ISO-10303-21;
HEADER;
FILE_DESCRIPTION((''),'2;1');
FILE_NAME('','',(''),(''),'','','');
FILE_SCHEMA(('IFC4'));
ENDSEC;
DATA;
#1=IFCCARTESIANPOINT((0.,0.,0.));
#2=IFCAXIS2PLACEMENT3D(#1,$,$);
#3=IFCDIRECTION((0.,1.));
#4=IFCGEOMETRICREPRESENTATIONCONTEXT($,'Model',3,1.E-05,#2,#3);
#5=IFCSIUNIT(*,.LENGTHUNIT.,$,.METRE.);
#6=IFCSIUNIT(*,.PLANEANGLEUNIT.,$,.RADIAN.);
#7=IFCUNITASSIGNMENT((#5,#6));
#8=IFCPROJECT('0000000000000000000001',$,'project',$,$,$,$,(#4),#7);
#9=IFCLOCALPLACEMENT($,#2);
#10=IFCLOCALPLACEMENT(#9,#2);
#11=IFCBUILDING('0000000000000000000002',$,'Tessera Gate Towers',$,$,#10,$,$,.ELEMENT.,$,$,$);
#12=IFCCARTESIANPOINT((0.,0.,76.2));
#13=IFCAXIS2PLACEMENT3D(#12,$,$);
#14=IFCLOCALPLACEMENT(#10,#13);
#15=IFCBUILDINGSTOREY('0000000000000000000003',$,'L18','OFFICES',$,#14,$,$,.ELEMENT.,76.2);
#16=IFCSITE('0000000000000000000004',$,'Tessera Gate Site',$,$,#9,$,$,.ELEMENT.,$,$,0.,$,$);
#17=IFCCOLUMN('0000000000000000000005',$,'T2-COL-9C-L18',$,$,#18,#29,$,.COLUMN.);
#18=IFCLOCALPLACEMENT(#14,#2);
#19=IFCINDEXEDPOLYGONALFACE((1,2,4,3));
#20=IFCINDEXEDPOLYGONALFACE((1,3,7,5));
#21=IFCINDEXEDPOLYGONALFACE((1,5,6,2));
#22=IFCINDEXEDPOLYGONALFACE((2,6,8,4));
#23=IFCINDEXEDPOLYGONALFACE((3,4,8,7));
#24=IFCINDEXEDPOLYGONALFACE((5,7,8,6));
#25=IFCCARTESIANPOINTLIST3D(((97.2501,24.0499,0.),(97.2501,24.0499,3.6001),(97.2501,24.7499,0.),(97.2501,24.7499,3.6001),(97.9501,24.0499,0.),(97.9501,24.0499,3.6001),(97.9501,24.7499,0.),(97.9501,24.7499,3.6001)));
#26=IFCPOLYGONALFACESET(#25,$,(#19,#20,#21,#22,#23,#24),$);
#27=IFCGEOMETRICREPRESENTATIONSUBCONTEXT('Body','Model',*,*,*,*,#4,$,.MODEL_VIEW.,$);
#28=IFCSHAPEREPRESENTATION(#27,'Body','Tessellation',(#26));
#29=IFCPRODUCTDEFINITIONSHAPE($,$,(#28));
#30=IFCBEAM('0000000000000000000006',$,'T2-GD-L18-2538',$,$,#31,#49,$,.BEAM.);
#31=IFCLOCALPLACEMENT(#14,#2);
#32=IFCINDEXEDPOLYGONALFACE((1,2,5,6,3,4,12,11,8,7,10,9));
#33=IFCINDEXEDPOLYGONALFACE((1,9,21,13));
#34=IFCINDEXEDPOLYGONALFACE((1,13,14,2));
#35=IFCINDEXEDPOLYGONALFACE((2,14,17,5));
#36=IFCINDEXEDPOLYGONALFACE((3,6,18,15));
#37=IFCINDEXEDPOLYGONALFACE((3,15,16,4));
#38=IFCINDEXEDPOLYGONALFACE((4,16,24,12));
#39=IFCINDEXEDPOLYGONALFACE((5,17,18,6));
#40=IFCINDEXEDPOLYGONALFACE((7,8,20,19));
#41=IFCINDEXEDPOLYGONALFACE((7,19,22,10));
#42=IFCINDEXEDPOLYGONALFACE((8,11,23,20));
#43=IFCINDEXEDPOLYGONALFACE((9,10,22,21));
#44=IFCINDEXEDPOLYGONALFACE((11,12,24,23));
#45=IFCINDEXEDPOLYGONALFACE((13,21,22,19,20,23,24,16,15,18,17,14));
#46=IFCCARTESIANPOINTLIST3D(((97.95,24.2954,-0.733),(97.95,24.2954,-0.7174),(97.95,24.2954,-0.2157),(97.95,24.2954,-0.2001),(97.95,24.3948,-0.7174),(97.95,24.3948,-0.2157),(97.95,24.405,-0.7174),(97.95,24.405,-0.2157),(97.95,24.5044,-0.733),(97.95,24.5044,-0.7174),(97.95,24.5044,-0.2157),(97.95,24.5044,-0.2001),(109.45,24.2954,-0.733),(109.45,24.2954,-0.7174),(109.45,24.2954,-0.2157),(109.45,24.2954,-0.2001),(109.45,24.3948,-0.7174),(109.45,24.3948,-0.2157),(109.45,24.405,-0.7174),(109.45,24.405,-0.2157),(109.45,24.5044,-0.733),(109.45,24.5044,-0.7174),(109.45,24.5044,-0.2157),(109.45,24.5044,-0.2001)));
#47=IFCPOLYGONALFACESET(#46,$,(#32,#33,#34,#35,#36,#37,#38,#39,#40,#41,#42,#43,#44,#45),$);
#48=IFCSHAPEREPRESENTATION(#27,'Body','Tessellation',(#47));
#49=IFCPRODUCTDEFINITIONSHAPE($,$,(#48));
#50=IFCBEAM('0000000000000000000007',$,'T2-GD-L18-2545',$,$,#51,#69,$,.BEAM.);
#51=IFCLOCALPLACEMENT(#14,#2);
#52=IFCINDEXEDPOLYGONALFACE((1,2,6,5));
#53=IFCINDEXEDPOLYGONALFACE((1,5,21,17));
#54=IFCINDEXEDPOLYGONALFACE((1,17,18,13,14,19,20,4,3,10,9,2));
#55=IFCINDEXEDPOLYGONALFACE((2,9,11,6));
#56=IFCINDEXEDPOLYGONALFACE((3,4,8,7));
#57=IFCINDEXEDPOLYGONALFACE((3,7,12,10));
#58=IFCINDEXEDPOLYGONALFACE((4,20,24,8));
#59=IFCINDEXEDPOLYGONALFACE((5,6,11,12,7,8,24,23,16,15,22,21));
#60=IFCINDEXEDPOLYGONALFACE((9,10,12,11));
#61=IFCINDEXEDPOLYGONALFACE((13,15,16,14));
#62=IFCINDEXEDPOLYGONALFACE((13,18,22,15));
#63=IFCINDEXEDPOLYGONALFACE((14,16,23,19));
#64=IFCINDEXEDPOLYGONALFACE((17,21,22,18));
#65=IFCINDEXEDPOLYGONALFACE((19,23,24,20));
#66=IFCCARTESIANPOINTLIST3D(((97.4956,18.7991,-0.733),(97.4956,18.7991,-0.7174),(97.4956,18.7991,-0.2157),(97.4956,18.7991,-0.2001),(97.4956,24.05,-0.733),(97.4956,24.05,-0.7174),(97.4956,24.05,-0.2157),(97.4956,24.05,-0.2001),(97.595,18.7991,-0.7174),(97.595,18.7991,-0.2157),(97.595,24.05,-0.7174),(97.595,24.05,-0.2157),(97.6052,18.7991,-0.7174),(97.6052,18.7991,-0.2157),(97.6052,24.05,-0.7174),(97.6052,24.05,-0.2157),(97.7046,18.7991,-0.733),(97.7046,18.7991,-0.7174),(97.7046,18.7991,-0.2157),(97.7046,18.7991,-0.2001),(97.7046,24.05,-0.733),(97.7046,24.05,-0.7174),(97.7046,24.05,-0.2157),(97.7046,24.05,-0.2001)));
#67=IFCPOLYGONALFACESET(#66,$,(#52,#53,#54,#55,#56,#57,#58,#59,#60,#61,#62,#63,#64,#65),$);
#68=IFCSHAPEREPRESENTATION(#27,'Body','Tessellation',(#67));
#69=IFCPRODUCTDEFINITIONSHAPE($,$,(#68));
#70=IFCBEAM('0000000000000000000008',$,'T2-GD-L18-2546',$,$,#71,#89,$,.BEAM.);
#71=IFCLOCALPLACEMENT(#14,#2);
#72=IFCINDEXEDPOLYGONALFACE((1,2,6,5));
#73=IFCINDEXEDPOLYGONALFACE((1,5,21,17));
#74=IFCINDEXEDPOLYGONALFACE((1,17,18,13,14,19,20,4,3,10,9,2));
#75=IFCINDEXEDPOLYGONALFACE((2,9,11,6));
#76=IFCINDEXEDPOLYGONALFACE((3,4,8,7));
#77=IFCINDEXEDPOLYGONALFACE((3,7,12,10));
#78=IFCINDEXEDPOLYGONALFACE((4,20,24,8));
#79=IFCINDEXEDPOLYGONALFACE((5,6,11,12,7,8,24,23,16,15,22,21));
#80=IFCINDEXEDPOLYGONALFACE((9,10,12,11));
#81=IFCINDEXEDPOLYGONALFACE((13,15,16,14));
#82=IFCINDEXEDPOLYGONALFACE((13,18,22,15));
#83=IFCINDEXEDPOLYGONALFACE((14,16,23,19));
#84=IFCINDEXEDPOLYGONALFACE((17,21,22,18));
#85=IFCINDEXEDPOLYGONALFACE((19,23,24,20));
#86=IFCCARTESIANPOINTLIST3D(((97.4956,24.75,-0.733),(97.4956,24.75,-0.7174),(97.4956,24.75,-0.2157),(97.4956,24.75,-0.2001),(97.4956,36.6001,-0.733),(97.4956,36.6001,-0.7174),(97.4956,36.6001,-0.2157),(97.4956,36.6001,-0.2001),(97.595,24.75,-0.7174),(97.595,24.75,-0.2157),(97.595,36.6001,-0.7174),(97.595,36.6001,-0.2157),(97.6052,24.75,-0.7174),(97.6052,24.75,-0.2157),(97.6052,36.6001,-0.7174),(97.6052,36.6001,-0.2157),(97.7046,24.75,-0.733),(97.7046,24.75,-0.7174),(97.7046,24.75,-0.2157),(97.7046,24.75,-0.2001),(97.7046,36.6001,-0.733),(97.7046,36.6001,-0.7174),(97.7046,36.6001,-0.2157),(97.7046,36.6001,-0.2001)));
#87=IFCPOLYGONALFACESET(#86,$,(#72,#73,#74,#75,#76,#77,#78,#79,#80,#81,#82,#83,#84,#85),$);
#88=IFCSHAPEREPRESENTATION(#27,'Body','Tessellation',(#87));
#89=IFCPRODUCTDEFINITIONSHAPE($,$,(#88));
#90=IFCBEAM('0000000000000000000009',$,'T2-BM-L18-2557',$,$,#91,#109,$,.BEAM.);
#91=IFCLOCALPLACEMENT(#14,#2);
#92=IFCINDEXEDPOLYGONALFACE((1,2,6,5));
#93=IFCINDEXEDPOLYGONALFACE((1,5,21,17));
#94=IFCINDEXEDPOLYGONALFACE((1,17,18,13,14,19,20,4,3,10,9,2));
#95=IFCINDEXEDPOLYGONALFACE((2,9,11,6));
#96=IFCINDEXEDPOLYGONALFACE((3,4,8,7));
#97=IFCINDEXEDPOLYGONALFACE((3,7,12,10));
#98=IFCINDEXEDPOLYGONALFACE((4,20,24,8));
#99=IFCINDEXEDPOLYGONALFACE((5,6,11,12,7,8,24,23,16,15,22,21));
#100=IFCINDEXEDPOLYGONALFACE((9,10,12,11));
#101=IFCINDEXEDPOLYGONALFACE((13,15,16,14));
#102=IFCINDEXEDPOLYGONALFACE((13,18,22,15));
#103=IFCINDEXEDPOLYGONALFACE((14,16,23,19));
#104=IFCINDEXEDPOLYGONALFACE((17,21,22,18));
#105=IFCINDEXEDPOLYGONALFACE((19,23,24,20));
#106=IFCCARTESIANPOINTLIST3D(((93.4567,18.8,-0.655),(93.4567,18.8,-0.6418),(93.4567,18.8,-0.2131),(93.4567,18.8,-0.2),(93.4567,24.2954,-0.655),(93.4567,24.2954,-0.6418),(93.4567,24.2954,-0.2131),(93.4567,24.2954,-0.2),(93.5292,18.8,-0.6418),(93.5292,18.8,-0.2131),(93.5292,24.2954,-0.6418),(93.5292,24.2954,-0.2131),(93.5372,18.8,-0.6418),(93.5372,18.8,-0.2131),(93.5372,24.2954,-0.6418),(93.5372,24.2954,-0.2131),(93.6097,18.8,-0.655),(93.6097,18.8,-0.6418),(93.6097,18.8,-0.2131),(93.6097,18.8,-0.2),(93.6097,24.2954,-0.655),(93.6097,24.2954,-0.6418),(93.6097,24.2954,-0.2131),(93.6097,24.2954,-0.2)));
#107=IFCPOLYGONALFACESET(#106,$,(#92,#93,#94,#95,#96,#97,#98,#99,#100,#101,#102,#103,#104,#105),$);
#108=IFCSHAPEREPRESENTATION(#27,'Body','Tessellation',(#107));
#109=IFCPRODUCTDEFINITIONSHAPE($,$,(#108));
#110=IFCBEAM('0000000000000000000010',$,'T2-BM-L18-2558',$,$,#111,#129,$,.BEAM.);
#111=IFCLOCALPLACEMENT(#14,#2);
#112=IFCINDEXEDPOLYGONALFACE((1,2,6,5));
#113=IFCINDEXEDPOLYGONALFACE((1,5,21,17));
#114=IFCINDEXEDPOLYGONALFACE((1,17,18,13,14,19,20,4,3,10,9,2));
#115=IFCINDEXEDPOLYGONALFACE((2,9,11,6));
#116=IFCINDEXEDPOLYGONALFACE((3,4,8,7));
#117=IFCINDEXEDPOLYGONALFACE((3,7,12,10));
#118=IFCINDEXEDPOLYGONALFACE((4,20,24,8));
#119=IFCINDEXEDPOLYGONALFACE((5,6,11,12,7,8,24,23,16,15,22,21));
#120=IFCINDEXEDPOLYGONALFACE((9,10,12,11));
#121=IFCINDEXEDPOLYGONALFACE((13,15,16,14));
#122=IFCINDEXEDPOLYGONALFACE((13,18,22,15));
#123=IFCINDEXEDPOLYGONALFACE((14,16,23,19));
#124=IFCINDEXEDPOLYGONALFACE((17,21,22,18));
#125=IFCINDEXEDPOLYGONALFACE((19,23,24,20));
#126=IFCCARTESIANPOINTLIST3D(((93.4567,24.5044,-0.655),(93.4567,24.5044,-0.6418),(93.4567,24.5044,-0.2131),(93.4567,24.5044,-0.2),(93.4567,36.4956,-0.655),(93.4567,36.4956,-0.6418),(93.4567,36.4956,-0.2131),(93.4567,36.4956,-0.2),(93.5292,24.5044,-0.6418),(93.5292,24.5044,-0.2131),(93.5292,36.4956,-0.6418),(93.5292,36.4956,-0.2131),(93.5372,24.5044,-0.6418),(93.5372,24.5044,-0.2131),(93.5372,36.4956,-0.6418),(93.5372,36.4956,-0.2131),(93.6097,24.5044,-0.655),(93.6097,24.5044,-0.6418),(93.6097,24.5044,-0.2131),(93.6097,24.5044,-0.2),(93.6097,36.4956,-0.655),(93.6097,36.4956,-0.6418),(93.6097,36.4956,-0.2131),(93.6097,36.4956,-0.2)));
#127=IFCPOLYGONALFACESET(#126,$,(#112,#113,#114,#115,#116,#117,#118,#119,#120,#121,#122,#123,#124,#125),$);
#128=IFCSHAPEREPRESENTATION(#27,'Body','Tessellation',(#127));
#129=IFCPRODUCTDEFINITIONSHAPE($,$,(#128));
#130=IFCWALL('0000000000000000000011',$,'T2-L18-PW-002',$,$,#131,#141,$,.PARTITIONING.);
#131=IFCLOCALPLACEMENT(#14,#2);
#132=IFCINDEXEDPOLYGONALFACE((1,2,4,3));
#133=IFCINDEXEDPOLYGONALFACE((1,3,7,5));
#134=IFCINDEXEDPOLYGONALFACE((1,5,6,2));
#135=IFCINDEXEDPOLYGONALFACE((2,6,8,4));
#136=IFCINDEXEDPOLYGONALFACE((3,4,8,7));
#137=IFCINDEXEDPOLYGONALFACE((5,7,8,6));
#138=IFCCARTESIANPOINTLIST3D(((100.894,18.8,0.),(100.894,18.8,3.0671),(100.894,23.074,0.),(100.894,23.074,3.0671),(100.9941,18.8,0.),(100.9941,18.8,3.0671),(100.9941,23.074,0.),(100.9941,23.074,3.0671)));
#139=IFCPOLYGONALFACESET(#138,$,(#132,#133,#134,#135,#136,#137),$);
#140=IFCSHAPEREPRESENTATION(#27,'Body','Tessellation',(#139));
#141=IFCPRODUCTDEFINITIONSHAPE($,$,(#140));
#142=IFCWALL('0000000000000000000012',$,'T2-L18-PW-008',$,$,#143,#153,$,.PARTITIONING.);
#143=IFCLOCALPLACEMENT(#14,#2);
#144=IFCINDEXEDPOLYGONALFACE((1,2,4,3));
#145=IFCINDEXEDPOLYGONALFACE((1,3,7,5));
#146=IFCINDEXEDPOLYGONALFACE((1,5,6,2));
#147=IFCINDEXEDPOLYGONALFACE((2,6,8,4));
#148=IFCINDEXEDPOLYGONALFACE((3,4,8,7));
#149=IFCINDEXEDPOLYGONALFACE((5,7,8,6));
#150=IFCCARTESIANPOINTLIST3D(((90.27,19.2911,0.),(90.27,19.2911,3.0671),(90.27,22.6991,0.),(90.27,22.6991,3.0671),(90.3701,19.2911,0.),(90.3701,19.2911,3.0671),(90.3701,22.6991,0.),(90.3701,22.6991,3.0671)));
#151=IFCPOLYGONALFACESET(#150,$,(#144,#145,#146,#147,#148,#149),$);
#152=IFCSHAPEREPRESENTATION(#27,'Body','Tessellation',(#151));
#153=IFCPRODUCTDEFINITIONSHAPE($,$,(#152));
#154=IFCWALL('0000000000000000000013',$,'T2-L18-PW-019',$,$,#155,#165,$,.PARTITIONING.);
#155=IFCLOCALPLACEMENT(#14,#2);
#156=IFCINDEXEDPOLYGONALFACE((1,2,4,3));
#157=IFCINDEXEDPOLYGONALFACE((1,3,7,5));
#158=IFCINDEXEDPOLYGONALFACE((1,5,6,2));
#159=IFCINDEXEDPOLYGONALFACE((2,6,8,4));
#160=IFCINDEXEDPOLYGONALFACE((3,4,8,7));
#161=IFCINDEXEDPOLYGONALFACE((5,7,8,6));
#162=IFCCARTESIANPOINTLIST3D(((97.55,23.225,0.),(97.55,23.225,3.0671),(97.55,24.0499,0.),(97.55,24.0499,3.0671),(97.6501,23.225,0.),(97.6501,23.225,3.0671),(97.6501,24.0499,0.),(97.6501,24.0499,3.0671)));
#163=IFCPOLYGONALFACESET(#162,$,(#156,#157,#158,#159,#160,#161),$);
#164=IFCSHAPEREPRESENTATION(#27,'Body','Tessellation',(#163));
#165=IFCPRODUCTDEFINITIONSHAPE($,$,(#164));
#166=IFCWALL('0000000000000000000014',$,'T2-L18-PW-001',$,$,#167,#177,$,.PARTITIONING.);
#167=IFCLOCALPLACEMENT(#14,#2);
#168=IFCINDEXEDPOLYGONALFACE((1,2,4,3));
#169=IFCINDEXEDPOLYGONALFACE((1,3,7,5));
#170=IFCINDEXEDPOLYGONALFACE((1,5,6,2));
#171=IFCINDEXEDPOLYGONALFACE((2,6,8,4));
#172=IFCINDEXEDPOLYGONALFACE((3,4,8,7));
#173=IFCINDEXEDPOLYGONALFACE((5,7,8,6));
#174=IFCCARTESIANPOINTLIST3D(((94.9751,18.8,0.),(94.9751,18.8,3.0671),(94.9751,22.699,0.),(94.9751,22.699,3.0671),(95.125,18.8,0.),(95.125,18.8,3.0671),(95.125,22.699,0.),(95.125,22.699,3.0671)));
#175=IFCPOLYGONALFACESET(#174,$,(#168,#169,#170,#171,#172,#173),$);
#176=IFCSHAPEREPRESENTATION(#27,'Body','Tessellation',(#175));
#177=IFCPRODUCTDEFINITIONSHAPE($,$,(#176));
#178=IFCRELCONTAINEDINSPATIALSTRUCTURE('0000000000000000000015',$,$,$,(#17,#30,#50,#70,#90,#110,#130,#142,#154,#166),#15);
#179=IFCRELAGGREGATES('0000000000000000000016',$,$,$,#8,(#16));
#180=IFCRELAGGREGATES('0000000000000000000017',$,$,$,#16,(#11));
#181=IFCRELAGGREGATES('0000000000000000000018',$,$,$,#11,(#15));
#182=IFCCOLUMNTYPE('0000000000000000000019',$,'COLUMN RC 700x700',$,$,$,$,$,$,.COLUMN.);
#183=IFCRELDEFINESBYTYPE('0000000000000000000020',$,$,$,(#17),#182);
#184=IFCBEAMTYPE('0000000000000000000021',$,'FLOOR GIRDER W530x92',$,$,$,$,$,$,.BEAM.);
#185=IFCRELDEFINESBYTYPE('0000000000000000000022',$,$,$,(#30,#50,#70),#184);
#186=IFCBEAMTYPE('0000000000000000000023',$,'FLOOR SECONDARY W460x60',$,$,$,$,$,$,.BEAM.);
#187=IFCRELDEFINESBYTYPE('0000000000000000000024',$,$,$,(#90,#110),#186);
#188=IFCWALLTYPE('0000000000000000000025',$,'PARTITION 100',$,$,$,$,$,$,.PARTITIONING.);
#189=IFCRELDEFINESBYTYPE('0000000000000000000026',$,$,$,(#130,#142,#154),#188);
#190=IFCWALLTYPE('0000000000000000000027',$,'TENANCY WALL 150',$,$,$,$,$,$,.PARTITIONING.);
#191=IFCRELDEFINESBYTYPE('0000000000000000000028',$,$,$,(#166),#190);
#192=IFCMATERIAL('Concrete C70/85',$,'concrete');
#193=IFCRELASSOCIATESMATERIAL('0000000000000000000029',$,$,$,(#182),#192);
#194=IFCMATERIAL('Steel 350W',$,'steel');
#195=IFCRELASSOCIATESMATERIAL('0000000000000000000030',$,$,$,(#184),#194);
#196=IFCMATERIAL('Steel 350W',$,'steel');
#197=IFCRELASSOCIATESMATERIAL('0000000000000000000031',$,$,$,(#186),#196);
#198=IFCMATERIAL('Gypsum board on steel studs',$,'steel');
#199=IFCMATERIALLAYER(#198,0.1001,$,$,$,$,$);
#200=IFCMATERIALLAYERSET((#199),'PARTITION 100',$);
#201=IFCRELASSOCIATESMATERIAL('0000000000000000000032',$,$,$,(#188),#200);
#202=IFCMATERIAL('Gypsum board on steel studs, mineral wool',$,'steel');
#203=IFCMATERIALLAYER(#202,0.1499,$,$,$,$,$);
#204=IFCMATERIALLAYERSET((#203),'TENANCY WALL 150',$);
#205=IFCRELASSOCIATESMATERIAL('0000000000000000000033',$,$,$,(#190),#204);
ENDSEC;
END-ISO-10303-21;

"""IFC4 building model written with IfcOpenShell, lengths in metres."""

from ifc_helpers import new_model, si_unit, direction, frame, frame_2d, origin, origin_2d, place, context, subcontext, project, spatial, rectangle, i_section, extrude, material, layer, layer_set, material_profile, profile_set, type_object, element, save


model = new_model("IFC4")

# Units and contexts
model_context = context("Model", 3, precision=1e-05, world=origin(), true_north=direction((0.0, 1.0)))
body_context = subcontext(model_context, "Body", "Model", "MODEL_VIEW")
ifc_project = project(units=[si_unit("LENGTHUNIT", "METRE"), si_unit("PLANEANGLEUNIT", "RADIAN")], contexts=[model_context])

# Site, building, storey
site_placement = place(None, origin())
site = spatial("IfcSite", under=ifc_project, at=site_placement, Name="Tessera Gate Site", CompositionType="ELEMENT", RefElevation=0.0)
building_placement = place(site_placement, origin())
building = spatial("IfcBuilding", under=site, at=building_placement, Name="Tessera Gate Towers", CompositionType="ELEMENT")
storey_placement = place(building_placement, frame((0.0, 0.0, 76.2)))
storey = spatial("IfcBuildingStorey", under=building, at=storey_placement, Name="L18", Description="OFFICES", CompositionType="ELEMENT", Elevation=76.2)

# Column
ifc_material_1 = material(Name="Concrete C70/85", Category="concrete")
ifc_material_profile_1 = material_profile(ifc_material_1, rectangle(XDim=0.7, YDim=0.7, at=origin_2d()), Name="RC 700x700")
ifc_profile_set_1 = profile_set([ifc_material_profile_1], Name="Concrete C70/85")
column_type = type_object("IfcColumnType", Name="COLUMN RC 700x700", PredefinedType="COLUMN", material=ifc_profile_set_1)
column_placement = place(storey_placement, frame((97.6001, 24.3999, 0.0), z_axis=(0.0, 0.0, 1.0), x_axis=(1.0, 0.0, 0.0)))
element("IfcColumn", 1, at=column_placement, inside=storey, type_object=column_type, Name="T2-COL-9C-L18", PredefinedType="COLUMN", context=body_context, shape_type="SweptSolid", body=[
    extrude(rectangle(XDim=0.7, YDim=0.7, at=origin_2d()), origin(), (0.0, 0.0, 1.0), 3.6001),
])

# Beams
ifc_material_2 = material(Name="Steel 350W", Category="steel")
ifc_material_profile_2 = material_profile(ifc_material_2, i_section(OverallWidth=0.209, OverallDepth=0.533, WebThickness=0.0103, FlangeThickness=0.0156, at=origin_2d()), Name="W530x92")
ifc_profile_set_2 = profile_set([ifc_material_profile_2], Name="Steel 350W")
beam_type_1 = type_object("IfcBeamType", Name="FLOOR GIRDER W530x92", PredefinedType="BEAM", material=ifc_profile_set_2)
beam_1_placement = place(storey_placement, frame((97.95, 24.3999, -0.4666), z_axis=(1.0, 0.0, 0.0), x_axis=(0.0, 1.0, 0.0)))
element("IfcBeam", 2, at=beam_1_placement, inside=storey, type_object=beam_type_1, Name="T2-GD-L18-2538", PredefinedType="BEAM", context=body_context, shape_type="SweptSolid", body=[
    extrude(i_section(OverallWidth=0.209, OverallDepth=0.533, WebThickness=0.0103, FlangeThickness=0.0156, at=origin_2d()), origin(), (0.0, 0.0, 1.0), 11.5),
])
beam_2_placement = place(storey_placement, frame((97.6001, 18.7991, -0.4666), z_axis=(0.0, 1.0, 0.0), x_axis=(-1.0, 0.0, 0.0)))
element("IfcBeam", 3, at=beam_2_placement, inside=storey, type_object=beam_type_1, Name="T2-GD-L18-2545", PredefinedType="BEAM", context=body_context, shape_type="SweptSolid", body=[
    extrude(i_section(OverallWidth=0.209, OverallDepth=0.533, WebThickness=0.0103, FlangeThickness=0.0156, at=origin_2d()), origin(), (0.0, 0.0, 1.0), 5.251),
])
beam_3_placement = place(storey_placement, frame((97.6001, 24.75, -0.4666), z_axis=(0.0, 1.0, 0.0), x_axis=(-1.0, 0.0, 0.0)))
element("IfcBeam", 4, at=beam_3_placement, inside=storey, type_object=beam_type_1, Name="T2-GD-L18-2546", PredefinedType="BEAM", context=body_context, shape_type="SweptSolid", body=[
    extrude(i_section(OverallWidth=0.209, OverallDepth=0.533, WebThickness=0.0103, FlangeThickness=0.0156, at=origin_2d()), origin(), (0.0, 0.0, 1.0), 11.8501),
])
ifc_material_3 = material(Name="Steel 350W", Category="steel")
ifc_material_profile_3 = material_profile(ifc_material_3, i_section(OverallWidth=0.1531, OverallDepth=0.4551, WebThickness=0.0081, FlangeThickness=0.0132, at=origin_2d()), Name="W460x60")
ifc_profile_set_3 = profile_set([ifc_material_profile_3], Name="Steel 350W")
beam_type_2 = type_object("IfcBeamType", Name="FLOOR SECONDARY W460x60", PredefinedType="BEAM", material=ifc_profile_set_3)
beam_4_placement = place(storey_placement, frame((93.5332, 18.8, -0.4275), z_axis=(0.0, 1.0, 0.0), x_axis=(-1.0, 0.0, 0.0)))
element("IfcBeam", 5, at=beam_4_placement, inside=storey, type_object=beam_type_2, Name="T2-BM-L18-2557", PredefinedType="BEAM", context=body_context, shape_type="SweptSolid", body=[
    extrude(i_section(OverallWidth=0.1531, OverallDepth=0.4551, WebThickness=0.0081, FlangeThickness=0.0132, at=origin_2d()), origin(), (0.0, 0.0, 1.0), 5.4954),
])
beam_5_placement = place(storey_placement, frame((93.5332, 24.5044, -0.4275), z_axis=(0.0, 1.0, 0.0), x_axis=(-1.0, 0.0, 0.0)))
element("IfcBeam", 6, at=beam_5_placement, inside=storey, type_object=beam_type_2, Name="T2-BM-L18-2558", PredefinedType="BEAM", context=body_context, shape_type="SweptSolid", body=[
    extrude(i_section(OverallWidth=0.1531, OverallDepth=0.4551, WebThickness=0.0081, FlangeThickness=0.0132, at=origin_2d()), origin(), (0.0, 0.0, 1.0), 11.9912),
])

# Walls
ifc_material_4 = material(Name="Gypsum board on steel studs", Category="steel")
ifc_layer_1 = layer(ifc_material_4, 0.1001)
ifc_layer_set_1 = layer_set([ifc_layer_1], Name="PARTITION 100")
wall_type_1 = type_object("IfcWallType", Name="PARTITION 100", PredefinedType="PARTITIONING", material=ifc_layer_set_1)
wall_1_placement = place(storey_placement, frame((100.9441, 18.8, 0.0), z_axis=(0.0, 0.0, 1.0), x_axis=(0.0, 1.0, 0.0)))
element("IfcWall", 7, at=wall_1_placement, inside=storey, type_object=wall_type_1, Name="T2-L18-PW-002", PredefinedType="PARTITIONING", context=body_context, shape_type="SweptSolid", body=[
    extrude(rectangle(XDim=4.2739, YDim=0.1001, at=frame_2d((2.137, 0.0))), origin(), (0.0, 0.0, 1.0), 3.0671),
])
wall_2_placement = place(storey_placement, frame((90.3201, 19.291, 0.0), z_axis=(0.0, 0.0, 1.0), x_axis=(0.0, 1.0, 0.0)))
element("IfcWall", 8, at=wall_2_placement, inside=storey, type_object=wall_type_1, Name="T2-L18-PW-008", PredefinedType="PARTITIONING", context=body_context, shape_type="SweptSolid", body=[
    extrude(rectangle(XDim=3.408, YDim=0.1001, at=frame_2d((1.7041, 0.0))), origin(), (0.0, 0.0, 1.0), 3.0671),
])
wall_3_placement = place(storey_placement, frame((97.6001, 24.05, 0.0), z_axis=(0.0, 0.0, 1.0), x_axis=(0.0, -1.0, 0.0)))
element("IfcWall", 9, at=wall_3_placement, inside=storey, type_object=wall_type_1, Name="T2-L18-PW-019", PredefinedType="PARTITIONING", context=body_context, shape_type="SweptSolid", body=[
    extrude(rectangle(XDim=0.825, YDim=0.1001, at=frame_2d((0.4126, 0.0))), origin(), (0.0, 0.0, 1.0), 3.0671),
])
ifc_material_5 = material(Name="Gypsum board on steel studs, mineral wool", Category="steel")
ifc_layer_2 = layer(ifc_material_5, 0.1499)
ifc_layer_set_2 = layer_set([ifc_layer_2], Name="TENANCY WALL 150")
wall_type_2 = type_object("IfcWallType", Name="TENANCY WALL 150", PredefinedType="PARTITIONING", material=ifc_layer_set_2)
wall_4_placement = place(storey_placement, frame((95.05, 18.8, 0.0), z_axis=(0.0, 0.0, 1.0), x_axis=(0.0, 1.0, 0.0)))
element("IfcWall", 10, at=wall_4_placement, inside=storey, type_object=wall_type_2, Name="T2-L18-PW-001", PredefinedType="PARTITIONING", context=body_context, shape_type="SweptSolid", body=[
    extrude(rectangle(XDim=3.8989, YDim=0.1499, at=frame_2d((1.9495, 0.0))), origin(), (0.0, 0.0, 1.0), 3.0671),
])

save(model, "model.ifc")
